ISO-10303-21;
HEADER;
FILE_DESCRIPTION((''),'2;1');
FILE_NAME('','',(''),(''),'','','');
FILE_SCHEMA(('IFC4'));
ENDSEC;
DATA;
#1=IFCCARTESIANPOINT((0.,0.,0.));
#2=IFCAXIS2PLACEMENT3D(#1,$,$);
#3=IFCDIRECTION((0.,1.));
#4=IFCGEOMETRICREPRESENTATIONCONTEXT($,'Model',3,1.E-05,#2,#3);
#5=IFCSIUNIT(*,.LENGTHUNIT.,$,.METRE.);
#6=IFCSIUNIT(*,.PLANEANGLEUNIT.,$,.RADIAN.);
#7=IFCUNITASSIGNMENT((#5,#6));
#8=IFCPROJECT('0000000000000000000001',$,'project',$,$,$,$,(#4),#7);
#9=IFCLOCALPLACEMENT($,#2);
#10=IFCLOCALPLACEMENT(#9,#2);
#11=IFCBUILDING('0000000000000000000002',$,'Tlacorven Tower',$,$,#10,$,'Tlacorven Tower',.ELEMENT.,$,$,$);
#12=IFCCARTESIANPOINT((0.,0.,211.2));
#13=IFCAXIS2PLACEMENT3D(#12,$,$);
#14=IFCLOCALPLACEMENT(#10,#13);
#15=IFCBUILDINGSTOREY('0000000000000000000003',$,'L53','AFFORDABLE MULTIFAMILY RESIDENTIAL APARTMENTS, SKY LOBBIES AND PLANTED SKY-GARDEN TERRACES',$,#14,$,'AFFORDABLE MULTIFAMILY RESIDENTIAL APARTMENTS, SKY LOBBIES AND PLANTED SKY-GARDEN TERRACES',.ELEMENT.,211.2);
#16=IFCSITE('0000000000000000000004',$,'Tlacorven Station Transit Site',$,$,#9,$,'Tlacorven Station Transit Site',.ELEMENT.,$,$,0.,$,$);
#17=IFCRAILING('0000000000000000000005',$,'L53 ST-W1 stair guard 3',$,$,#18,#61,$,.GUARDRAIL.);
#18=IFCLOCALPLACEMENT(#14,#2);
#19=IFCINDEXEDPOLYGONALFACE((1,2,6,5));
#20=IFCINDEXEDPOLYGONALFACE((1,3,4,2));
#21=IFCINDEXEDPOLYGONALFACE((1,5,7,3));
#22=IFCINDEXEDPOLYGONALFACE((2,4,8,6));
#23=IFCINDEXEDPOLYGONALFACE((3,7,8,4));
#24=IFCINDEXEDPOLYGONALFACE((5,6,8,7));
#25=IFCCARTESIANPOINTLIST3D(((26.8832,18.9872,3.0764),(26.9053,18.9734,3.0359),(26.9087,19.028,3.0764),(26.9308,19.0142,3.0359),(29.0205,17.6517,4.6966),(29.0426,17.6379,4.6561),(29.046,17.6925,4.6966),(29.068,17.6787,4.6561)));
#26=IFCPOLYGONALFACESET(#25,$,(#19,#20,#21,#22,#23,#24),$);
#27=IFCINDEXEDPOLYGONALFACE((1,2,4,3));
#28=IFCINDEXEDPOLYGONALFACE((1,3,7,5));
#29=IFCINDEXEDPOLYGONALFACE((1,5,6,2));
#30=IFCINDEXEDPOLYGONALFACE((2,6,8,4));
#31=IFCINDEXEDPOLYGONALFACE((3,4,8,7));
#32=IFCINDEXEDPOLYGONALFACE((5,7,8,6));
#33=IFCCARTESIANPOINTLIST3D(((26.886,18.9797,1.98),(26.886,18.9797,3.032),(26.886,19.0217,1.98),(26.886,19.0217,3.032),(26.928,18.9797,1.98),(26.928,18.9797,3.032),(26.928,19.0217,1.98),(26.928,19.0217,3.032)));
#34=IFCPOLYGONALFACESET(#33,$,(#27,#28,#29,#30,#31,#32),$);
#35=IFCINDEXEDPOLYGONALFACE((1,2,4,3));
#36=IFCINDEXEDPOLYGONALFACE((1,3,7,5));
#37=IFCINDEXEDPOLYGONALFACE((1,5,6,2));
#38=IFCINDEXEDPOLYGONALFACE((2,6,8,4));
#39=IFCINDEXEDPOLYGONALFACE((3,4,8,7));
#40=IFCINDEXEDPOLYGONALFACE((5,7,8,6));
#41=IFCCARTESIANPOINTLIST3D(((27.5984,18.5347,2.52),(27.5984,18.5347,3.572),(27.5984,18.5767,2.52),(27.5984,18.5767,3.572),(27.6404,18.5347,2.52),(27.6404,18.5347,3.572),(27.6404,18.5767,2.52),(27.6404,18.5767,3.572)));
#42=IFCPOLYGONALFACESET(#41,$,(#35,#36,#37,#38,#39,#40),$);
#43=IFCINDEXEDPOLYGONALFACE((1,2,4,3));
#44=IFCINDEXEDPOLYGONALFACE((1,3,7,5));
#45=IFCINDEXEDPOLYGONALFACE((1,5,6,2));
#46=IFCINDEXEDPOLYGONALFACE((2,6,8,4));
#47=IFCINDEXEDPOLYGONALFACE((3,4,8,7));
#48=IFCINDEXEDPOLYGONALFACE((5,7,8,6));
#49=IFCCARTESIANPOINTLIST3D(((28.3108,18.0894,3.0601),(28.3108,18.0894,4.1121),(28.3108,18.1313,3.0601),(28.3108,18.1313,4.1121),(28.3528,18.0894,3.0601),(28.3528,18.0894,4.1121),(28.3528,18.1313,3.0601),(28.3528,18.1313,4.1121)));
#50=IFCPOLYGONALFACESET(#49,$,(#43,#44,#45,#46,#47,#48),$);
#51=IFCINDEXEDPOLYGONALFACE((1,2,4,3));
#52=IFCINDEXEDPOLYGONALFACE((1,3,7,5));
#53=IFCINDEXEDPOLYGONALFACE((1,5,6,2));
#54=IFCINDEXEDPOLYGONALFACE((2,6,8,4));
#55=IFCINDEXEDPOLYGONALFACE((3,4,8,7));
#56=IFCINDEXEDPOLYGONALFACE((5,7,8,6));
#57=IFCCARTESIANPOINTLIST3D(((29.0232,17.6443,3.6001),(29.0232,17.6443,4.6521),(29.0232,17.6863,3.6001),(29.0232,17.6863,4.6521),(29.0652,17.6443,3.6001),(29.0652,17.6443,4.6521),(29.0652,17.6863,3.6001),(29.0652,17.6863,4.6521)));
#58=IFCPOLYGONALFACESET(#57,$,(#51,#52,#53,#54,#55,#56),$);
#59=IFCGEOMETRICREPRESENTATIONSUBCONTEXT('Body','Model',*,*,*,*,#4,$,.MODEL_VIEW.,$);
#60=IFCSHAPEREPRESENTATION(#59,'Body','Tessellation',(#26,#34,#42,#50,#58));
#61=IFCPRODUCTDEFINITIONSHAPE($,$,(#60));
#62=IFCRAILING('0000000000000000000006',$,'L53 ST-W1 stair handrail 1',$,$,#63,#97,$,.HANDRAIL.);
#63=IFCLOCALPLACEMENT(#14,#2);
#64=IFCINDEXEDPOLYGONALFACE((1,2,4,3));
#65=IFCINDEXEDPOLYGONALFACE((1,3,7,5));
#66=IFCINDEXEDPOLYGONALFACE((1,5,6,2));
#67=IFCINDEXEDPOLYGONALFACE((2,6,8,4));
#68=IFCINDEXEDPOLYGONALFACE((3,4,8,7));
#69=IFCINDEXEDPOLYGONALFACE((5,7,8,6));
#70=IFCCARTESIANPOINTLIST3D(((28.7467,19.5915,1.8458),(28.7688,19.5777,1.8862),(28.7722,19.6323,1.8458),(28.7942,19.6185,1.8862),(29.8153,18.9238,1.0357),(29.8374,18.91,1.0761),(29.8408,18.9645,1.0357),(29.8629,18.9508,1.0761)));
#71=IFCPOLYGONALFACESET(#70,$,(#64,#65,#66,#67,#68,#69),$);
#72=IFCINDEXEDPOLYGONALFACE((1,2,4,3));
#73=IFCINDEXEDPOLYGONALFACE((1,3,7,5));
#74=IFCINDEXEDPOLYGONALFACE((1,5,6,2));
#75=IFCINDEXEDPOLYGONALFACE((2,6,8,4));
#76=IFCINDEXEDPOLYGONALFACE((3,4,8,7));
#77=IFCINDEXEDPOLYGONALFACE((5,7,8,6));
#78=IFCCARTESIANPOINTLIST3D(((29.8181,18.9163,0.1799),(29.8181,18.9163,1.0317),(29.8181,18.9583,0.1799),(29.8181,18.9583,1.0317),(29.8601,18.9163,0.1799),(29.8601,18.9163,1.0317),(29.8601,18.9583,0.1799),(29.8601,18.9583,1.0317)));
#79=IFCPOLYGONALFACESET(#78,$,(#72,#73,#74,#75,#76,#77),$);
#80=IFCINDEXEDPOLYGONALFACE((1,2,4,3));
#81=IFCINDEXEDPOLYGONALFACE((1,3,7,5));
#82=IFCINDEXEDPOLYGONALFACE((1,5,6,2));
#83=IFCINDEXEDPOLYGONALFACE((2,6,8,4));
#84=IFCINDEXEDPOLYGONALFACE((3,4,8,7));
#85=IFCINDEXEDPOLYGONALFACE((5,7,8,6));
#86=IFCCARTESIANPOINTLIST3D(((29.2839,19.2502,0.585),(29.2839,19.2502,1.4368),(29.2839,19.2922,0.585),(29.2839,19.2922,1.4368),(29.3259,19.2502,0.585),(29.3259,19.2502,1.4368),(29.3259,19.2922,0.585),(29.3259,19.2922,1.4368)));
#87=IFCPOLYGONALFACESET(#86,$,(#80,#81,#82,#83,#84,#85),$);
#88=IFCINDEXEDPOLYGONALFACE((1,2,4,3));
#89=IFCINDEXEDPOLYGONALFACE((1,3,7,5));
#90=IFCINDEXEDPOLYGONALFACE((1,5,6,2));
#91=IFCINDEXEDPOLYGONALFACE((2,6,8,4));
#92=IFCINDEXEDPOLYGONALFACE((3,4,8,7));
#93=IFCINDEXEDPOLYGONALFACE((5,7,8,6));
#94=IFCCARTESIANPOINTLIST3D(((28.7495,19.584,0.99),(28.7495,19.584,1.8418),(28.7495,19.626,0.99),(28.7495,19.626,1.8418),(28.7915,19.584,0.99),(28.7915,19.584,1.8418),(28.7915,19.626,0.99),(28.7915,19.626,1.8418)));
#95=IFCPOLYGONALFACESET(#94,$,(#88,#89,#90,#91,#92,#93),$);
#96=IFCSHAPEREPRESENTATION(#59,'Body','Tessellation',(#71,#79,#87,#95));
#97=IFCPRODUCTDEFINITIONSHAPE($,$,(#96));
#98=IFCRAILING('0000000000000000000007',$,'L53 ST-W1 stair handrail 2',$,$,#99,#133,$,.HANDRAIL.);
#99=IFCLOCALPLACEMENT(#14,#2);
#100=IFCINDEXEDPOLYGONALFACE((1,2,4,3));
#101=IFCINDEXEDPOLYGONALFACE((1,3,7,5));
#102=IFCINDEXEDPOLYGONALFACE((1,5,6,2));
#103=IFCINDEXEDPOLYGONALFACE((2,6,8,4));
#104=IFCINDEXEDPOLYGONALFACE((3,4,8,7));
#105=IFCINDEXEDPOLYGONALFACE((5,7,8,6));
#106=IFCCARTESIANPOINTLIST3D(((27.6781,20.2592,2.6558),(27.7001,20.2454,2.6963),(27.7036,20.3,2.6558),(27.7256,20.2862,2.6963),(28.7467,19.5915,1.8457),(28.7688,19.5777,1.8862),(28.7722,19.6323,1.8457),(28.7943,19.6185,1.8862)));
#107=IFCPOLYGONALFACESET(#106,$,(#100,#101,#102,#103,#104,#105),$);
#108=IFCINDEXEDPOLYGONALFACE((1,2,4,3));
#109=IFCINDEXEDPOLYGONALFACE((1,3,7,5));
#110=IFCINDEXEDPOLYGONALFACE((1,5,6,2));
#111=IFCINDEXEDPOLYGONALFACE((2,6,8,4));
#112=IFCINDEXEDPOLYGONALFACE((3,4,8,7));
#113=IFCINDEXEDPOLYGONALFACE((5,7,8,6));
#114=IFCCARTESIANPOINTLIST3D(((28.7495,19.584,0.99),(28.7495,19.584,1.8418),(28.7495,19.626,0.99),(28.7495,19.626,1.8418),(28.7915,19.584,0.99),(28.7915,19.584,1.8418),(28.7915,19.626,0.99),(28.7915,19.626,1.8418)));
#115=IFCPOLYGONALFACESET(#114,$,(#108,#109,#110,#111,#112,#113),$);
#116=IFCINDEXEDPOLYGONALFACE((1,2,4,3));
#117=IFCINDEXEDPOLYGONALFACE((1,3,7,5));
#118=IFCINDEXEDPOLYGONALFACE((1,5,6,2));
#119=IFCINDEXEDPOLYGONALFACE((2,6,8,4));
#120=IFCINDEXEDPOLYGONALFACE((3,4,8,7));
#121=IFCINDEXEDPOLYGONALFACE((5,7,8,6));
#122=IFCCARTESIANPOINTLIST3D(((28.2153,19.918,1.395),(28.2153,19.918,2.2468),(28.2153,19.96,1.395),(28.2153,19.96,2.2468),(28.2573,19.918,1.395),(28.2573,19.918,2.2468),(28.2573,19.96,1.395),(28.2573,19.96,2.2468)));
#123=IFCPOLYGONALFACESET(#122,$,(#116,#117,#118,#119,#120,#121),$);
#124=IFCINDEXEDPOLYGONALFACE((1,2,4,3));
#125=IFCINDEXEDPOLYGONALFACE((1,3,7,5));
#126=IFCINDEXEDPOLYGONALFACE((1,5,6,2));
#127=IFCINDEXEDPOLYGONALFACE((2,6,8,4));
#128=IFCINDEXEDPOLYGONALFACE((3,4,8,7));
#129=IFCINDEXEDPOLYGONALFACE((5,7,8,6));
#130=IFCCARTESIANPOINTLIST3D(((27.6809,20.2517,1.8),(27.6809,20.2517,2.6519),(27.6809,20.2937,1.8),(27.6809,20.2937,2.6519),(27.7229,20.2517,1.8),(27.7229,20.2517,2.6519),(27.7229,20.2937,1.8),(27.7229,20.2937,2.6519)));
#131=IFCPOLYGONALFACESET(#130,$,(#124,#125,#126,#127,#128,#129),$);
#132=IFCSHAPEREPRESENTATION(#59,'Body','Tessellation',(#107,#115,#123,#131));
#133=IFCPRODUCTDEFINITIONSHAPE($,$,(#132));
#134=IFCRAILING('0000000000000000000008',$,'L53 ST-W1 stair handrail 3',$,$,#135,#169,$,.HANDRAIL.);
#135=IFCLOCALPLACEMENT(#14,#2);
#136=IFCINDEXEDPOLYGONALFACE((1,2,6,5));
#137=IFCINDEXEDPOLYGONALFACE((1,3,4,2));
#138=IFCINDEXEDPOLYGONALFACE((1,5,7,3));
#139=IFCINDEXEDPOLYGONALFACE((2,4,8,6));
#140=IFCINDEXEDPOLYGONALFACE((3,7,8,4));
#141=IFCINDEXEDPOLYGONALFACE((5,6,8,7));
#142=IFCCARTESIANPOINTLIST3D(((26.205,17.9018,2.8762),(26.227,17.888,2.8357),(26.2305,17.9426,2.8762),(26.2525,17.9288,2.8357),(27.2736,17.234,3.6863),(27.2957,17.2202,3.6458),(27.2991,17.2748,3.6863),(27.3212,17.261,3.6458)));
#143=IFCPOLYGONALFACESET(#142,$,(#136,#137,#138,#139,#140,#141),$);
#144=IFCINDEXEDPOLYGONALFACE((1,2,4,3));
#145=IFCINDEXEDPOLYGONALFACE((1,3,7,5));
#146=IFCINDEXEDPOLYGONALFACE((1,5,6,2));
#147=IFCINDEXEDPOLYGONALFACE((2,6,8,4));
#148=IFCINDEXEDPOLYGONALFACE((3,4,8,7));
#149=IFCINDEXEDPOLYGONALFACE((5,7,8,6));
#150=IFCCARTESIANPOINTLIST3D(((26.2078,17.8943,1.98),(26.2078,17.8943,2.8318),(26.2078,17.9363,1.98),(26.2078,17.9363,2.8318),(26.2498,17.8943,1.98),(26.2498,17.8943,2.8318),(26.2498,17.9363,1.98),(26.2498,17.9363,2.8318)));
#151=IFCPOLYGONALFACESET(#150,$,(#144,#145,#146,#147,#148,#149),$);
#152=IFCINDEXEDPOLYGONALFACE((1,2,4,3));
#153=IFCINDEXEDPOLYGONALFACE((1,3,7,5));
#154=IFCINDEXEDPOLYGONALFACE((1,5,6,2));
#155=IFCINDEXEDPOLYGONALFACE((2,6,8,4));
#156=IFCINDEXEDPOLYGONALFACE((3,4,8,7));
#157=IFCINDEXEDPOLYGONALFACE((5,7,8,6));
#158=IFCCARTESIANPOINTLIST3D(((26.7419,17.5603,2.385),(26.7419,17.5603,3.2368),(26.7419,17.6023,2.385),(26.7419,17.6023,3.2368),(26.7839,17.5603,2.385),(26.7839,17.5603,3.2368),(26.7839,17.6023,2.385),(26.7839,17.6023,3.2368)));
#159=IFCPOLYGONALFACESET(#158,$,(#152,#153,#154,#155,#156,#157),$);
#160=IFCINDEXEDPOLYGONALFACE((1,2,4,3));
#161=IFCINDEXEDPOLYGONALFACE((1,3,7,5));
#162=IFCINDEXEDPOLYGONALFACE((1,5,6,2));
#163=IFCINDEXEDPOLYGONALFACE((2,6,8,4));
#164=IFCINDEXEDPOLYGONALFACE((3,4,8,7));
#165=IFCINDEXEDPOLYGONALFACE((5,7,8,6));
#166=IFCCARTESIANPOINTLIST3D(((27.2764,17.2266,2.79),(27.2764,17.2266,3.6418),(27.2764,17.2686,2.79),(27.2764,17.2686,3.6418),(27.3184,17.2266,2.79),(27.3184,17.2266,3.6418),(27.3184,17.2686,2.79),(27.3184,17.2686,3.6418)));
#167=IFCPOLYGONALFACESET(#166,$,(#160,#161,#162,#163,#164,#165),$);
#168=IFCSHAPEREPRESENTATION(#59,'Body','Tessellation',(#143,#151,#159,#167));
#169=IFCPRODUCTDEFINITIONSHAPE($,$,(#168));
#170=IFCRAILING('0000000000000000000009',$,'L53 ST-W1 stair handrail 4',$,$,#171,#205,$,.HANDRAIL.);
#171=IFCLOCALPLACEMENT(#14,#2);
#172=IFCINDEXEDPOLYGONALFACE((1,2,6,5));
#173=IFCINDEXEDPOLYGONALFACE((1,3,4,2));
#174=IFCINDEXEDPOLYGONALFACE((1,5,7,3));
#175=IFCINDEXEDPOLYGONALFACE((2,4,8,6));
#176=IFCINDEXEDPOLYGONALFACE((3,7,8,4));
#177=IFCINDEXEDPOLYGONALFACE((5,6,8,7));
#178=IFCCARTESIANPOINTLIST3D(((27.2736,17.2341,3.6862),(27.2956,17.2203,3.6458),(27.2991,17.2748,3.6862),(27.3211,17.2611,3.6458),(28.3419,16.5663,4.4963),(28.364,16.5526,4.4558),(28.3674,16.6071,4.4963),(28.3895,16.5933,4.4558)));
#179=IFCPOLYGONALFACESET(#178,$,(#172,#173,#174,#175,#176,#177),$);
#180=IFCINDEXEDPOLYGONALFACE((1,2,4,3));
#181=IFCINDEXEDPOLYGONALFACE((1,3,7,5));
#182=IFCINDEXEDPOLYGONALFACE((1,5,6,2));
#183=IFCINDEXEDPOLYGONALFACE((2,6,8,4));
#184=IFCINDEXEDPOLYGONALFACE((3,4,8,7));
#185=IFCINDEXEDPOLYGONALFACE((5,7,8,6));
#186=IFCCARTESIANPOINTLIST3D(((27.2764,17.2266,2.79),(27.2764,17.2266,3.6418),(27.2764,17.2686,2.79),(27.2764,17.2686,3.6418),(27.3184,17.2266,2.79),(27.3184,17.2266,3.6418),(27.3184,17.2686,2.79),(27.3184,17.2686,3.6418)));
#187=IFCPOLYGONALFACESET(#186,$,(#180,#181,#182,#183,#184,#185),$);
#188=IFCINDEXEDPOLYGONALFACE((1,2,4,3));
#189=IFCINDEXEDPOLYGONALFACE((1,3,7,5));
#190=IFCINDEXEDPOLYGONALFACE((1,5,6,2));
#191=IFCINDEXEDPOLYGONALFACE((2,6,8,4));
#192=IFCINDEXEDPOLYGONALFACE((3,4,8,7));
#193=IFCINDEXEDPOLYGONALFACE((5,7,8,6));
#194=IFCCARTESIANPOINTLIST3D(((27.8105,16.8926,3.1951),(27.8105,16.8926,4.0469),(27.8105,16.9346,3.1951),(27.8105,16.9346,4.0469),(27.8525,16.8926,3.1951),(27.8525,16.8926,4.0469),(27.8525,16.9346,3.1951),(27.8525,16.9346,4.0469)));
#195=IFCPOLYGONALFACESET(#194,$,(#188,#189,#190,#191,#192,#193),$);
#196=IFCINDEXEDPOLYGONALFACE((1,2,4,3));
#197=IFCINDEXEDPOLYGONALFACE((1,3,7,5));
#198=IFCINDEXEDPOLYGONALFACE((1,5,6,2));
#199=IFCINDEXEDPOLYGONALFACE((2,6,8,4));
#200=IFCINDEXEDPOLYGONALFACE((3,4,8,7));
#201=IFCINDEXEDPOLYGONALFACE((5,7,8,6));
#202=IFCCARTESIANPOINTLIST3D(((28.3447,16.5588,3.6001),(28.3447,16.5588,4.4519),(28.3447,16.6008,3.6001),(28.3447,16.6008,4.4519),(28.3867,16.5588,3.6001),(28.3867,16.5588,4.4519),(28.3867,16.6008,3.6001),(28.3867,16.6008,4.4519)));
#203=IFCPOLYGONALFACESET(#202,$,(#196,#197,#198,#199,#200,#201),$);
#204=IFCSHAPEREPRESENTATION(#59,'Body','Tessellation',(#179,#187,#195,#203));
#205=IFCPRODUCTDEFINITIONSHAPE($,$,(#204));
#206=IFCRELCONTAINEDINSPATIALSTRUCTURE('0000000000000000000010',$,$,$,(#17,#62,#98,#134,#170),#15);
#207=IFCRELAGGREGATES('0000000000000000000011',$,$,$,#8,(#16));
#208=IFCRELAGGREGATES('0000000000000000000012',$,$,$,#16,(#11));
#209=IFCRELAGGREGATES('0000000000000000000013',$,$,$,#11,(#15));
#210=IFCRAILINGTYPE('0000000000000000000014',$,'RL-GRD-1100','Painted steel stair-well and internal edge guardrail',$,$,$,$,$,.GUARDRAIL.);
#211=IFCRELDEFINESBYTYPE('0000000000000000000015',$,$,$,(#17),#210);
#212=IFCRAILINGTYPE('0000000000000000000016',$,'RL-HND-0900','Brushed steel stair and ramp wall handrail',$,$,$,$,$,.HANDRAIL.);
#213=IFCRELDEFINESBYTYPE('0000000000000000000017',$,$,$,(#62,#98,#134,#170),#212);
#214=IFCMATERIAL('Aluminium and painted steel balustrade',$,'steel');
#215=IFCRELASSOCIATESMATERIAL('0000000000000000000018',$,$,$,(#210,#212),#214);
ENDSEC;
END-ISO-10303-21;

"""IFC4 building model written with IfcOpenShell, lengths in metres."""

from ifc_helpers import new_model, si_unit, direction, frame, origin, origin_2d, place, context, subcontext, project, spatial, rectangle, extrude, source, transform, mapped, material, type_object, element, save


model = new_model("IFC4")

# Units and contexts
model_context = context("Model", 3, precision=1e-05, world=origin(), true_north=direction((0.0, 1.0)))
body_context = subcontext(model_context, "Body", "Model", "MODEL_VIEW")
ifc_project = project(units=[si_unit("LENGTHUNIT", "METRE"), si_unit("PLANEANGLEUNIT", "RADIAN")], contexts=[model_context])

# Site, building, storey
site_placement = place(None, origin())
site = spatial("IfcSite", under=ifc_project, at=site_placement, Name="Tlacorven Station Transit Site", LongName="Tlacorven Station Transit Site", CompositionType="ELEMENT", RefElevation=0.0)
building_placement = place(site_placement, origin())
building = spatial("IfcBuilding", under=site, at=building_placement, Name="Tlacorven Tower", LongName="Tlacorven Tower", CompositionType="ELEMENT")
storey_placement = place(building_placement, frame((0.0, 0.0, 211.2)))
storey = spatial("IfcBuildingStorey", under=building, at=storey_placement, Name="L53", Description="AFFORDABLE MULTIFAMILY RESIDENTIAL APARTMENTS, SKY LOBBIES AND PLANTED SKY-GARDEN TERRACES", LongName="AFFORDABLE MULTIFAMILY RESIDENTIAL APARTMENTS, SKY LOBBIES AND PLANTED SKY-GARDEN TERRACES", CompositionType="ELEMENT", Elevation=211.2)

# Railings
ifc_material_1 = material(Name="Aluminium and painted steel balustrade", Category="steel")
railing_type_1 = type_object("IfcRailingType", Name="RL-GRD-1100", Description="Painted steel stair-well and internal edge guardrail", PredefinedType="GUARDRAIL", material=ifc_material_1)
shared_shape_1 = source(origin(), body_context, "Body", "SweptSolid", [
    extrude(rectangle(XDim=0.0481, YDim=0.0481, at=origin_2d()), frame((0.0, 0.0, 1.0762), z_axis=(0.71336, -0.445748, 0.540765), x_axis=(0.529912, 0.848053, 0.0)), (0.0, 0.0, 1.0), 2.9961),
    extrude(rectangle(XDim=0.042, YDim=0.042, at=origin_2d()), origin(), (0.0, 0.0, 1.0), 1.052),
    extrude(rectangle(XDim=0.042, YDim=0.042, at=origin_2d()), frame((0.7124, -0.4451, 0.54)), (0.0, 0.0, 1.0), 1.052),
    extrude(rectangle(XDim=0.042, YDim=0.042, at=origin_2d()), frame((1.4248, -0.8904, 1.0801)), (0.0, 0.0, 1.0), 1.052),
    extrude(rectangle(XDim=0.042, YDim=0.042, at=origin_2d()), frame((2.1372, -1.3354, 1.6201)), (0.0, 0.0, 1.0), 1.052),
])
railing_1_placement = place(storey_placement, frame((26.907, 19.0007, 1.98)))
element("IfcRailing", 1, at=railing_1_placement, inside=storey, type_object=railing_type_1, Name="L53 ST-W1 stair guard 3", PredefinedType="GUARDRAIL", context=body_context, shape_type="MappedRepresentation", body=[
    mapped(shared_shape_1, transform((0.0, 0.0, 0.0), scale=1.0)),
])
railing_type_2 = type_object("IfcRailingType", Name="RL-HND-0900", Description="Brushed steel stair and ramp wall handrail", PredefinedType="HANDRAIL", material=ifc_material_1)
shared_shape_2 = source(origin(), body_context, "Body", "SweptSolid", [
    extrude(rectangle(XDim=0.0481, YDim=0.0481, at=origin_2d()), frame((0.0, 0.0, 0.876), z_axis=(-0.71336, 0.445748, 0.540765), x_axis=(-0.529912, -0.848053, 0.0)), (0.0, 0.0, 1.0), 1.498),
    extrude(rectangle(XDim=0.042, YDim=0.042, at=origin_2d()), origin(), (0.0, 0.0, 1.0), 0.8518),
    extrude(rectangle(XDim=0.042, YDim=0.042, at=origin_2d()), frame((-0.5342, 0.334, 0.405)), (0.0, 0.0, 1.0), 0.8518),
    extrude(rectangle(XDim=0.042, YDim=0.042, at=origin_2d()), frame((-1.0686, 0.6677, 0.8101)), (0.0, 0.0, 1.0), 0.8518),
])
for number, where, name in (
    (2, (29.8391, 18.9373, 0.1799), "L53 ST-W1 stair handrail 1"),
    (3, (28.7705, 19.605, 0.99), "L53 ST-W1 stair handrail 2"),
):
    element("IfcRailing", number, at=place(storey_placement, frame(where)), inside=storey, type_object=railing_type_2, Name=name, PredefinedType="HANDRAIL", context=body_context, shape_type="MappedRepresentation", body=[
        mapped(shared_shape_2, transform((0.0, 0.0, 0.0), scale=1.0)),
    ])
shared_shape_3 = source(origin(), body_context, "Body", "SweptSolid", [
    extrude(rectangle(XDim=0.0481, YDim=0.0481, at=origin_2d()), frame((0.0, 0.0, 0.876), z_axis=(0.71336, -0.445748, 0.540765), x_axis=(0.529912, 0.848053, 0.0)), (0.0, 0.0, 1.0), 1.498),
    extrude(rectangle(XDim=0.042, YDim=0.042, at=origin_2d()), origin(), (0.0, 0.0, 1.0), 0.8518),
    extrude(rectangle(XDim=0.042, YDim=0.042, at=origin_2d()), frame((0.5342, -0.334, 0.405)), (0.0, 0.0, 1.0), 0.8518),
    extrude(rectangle(XDim=0.042, YDim=0.042, at=origin_2d()), frame((1.0686, -0.6677, 0.8101)), (0.0, 0.0, 1.0), 0.8518),
])
railing_2_placement = place(storey_placement, frame((26.2288, 17.9153, 1.98)))
element("IfcRailing", 4, at=railing_2_placement, inside=storey, type_object=railing_type_2, Name="L53 ST-W1 stair handrail 3", PredefinedType="HANDRAIL", context=body_context, shape_type="MappedRepresentation", body=[
    mapped(shared_shape_3, transform((0.0, 0.0, 0.0), scale=1.0)),
])
shared_shape_4 = source(origin(), body_context, "Body", "SweptSolid", [
    extrude(rectangle(XDim=0.0481, YDim=0.0481, at=origin_2d()), frame((0.0, 0.0, 0.876), z_axis=(0.71328, -0.4458, 0.540828), x_axis=(0.529999, 0.847998, 0.0)), (0.0, 0.0, 1.0), 1.4978),
    extrude(rectangle(XDim=0.042, YDim=0.042, at=origin_2d()), origin(), (0.0, 0.0, 1.0), 0.8518),
    extrude(rectangle(XDim=0.042, YDim=0.042, at=origin_2d()), frame((0.5342, -0.334, 0.405)), (0.0, 0.0, 1.0), 0.8518),
    extrude(rectangle(XDim=0.042, YDim=0.042, at=origin_2d()), frame((1.0684, -0.6677, 0.8101)), (0.0, 0.0, 1.0), 0.8518),
])
railing_3_placement = place(storey_placement, frame((27.2974, 17.2476, 2.79)))
element("IfcRailing", 5, at=railing_3_placement, inside=storey, type_object=railing_type_2, Name="L53 ST-W1 stair handrail 4", PredefinedType="HANDRAIL", context=body_context, shape_type="MappedRepresentation", body=[
    mapped(shared_shape_4, transform((0.0, 0.0, 0.0), scale=1.0)),
])

save(model, "model.ifc")
